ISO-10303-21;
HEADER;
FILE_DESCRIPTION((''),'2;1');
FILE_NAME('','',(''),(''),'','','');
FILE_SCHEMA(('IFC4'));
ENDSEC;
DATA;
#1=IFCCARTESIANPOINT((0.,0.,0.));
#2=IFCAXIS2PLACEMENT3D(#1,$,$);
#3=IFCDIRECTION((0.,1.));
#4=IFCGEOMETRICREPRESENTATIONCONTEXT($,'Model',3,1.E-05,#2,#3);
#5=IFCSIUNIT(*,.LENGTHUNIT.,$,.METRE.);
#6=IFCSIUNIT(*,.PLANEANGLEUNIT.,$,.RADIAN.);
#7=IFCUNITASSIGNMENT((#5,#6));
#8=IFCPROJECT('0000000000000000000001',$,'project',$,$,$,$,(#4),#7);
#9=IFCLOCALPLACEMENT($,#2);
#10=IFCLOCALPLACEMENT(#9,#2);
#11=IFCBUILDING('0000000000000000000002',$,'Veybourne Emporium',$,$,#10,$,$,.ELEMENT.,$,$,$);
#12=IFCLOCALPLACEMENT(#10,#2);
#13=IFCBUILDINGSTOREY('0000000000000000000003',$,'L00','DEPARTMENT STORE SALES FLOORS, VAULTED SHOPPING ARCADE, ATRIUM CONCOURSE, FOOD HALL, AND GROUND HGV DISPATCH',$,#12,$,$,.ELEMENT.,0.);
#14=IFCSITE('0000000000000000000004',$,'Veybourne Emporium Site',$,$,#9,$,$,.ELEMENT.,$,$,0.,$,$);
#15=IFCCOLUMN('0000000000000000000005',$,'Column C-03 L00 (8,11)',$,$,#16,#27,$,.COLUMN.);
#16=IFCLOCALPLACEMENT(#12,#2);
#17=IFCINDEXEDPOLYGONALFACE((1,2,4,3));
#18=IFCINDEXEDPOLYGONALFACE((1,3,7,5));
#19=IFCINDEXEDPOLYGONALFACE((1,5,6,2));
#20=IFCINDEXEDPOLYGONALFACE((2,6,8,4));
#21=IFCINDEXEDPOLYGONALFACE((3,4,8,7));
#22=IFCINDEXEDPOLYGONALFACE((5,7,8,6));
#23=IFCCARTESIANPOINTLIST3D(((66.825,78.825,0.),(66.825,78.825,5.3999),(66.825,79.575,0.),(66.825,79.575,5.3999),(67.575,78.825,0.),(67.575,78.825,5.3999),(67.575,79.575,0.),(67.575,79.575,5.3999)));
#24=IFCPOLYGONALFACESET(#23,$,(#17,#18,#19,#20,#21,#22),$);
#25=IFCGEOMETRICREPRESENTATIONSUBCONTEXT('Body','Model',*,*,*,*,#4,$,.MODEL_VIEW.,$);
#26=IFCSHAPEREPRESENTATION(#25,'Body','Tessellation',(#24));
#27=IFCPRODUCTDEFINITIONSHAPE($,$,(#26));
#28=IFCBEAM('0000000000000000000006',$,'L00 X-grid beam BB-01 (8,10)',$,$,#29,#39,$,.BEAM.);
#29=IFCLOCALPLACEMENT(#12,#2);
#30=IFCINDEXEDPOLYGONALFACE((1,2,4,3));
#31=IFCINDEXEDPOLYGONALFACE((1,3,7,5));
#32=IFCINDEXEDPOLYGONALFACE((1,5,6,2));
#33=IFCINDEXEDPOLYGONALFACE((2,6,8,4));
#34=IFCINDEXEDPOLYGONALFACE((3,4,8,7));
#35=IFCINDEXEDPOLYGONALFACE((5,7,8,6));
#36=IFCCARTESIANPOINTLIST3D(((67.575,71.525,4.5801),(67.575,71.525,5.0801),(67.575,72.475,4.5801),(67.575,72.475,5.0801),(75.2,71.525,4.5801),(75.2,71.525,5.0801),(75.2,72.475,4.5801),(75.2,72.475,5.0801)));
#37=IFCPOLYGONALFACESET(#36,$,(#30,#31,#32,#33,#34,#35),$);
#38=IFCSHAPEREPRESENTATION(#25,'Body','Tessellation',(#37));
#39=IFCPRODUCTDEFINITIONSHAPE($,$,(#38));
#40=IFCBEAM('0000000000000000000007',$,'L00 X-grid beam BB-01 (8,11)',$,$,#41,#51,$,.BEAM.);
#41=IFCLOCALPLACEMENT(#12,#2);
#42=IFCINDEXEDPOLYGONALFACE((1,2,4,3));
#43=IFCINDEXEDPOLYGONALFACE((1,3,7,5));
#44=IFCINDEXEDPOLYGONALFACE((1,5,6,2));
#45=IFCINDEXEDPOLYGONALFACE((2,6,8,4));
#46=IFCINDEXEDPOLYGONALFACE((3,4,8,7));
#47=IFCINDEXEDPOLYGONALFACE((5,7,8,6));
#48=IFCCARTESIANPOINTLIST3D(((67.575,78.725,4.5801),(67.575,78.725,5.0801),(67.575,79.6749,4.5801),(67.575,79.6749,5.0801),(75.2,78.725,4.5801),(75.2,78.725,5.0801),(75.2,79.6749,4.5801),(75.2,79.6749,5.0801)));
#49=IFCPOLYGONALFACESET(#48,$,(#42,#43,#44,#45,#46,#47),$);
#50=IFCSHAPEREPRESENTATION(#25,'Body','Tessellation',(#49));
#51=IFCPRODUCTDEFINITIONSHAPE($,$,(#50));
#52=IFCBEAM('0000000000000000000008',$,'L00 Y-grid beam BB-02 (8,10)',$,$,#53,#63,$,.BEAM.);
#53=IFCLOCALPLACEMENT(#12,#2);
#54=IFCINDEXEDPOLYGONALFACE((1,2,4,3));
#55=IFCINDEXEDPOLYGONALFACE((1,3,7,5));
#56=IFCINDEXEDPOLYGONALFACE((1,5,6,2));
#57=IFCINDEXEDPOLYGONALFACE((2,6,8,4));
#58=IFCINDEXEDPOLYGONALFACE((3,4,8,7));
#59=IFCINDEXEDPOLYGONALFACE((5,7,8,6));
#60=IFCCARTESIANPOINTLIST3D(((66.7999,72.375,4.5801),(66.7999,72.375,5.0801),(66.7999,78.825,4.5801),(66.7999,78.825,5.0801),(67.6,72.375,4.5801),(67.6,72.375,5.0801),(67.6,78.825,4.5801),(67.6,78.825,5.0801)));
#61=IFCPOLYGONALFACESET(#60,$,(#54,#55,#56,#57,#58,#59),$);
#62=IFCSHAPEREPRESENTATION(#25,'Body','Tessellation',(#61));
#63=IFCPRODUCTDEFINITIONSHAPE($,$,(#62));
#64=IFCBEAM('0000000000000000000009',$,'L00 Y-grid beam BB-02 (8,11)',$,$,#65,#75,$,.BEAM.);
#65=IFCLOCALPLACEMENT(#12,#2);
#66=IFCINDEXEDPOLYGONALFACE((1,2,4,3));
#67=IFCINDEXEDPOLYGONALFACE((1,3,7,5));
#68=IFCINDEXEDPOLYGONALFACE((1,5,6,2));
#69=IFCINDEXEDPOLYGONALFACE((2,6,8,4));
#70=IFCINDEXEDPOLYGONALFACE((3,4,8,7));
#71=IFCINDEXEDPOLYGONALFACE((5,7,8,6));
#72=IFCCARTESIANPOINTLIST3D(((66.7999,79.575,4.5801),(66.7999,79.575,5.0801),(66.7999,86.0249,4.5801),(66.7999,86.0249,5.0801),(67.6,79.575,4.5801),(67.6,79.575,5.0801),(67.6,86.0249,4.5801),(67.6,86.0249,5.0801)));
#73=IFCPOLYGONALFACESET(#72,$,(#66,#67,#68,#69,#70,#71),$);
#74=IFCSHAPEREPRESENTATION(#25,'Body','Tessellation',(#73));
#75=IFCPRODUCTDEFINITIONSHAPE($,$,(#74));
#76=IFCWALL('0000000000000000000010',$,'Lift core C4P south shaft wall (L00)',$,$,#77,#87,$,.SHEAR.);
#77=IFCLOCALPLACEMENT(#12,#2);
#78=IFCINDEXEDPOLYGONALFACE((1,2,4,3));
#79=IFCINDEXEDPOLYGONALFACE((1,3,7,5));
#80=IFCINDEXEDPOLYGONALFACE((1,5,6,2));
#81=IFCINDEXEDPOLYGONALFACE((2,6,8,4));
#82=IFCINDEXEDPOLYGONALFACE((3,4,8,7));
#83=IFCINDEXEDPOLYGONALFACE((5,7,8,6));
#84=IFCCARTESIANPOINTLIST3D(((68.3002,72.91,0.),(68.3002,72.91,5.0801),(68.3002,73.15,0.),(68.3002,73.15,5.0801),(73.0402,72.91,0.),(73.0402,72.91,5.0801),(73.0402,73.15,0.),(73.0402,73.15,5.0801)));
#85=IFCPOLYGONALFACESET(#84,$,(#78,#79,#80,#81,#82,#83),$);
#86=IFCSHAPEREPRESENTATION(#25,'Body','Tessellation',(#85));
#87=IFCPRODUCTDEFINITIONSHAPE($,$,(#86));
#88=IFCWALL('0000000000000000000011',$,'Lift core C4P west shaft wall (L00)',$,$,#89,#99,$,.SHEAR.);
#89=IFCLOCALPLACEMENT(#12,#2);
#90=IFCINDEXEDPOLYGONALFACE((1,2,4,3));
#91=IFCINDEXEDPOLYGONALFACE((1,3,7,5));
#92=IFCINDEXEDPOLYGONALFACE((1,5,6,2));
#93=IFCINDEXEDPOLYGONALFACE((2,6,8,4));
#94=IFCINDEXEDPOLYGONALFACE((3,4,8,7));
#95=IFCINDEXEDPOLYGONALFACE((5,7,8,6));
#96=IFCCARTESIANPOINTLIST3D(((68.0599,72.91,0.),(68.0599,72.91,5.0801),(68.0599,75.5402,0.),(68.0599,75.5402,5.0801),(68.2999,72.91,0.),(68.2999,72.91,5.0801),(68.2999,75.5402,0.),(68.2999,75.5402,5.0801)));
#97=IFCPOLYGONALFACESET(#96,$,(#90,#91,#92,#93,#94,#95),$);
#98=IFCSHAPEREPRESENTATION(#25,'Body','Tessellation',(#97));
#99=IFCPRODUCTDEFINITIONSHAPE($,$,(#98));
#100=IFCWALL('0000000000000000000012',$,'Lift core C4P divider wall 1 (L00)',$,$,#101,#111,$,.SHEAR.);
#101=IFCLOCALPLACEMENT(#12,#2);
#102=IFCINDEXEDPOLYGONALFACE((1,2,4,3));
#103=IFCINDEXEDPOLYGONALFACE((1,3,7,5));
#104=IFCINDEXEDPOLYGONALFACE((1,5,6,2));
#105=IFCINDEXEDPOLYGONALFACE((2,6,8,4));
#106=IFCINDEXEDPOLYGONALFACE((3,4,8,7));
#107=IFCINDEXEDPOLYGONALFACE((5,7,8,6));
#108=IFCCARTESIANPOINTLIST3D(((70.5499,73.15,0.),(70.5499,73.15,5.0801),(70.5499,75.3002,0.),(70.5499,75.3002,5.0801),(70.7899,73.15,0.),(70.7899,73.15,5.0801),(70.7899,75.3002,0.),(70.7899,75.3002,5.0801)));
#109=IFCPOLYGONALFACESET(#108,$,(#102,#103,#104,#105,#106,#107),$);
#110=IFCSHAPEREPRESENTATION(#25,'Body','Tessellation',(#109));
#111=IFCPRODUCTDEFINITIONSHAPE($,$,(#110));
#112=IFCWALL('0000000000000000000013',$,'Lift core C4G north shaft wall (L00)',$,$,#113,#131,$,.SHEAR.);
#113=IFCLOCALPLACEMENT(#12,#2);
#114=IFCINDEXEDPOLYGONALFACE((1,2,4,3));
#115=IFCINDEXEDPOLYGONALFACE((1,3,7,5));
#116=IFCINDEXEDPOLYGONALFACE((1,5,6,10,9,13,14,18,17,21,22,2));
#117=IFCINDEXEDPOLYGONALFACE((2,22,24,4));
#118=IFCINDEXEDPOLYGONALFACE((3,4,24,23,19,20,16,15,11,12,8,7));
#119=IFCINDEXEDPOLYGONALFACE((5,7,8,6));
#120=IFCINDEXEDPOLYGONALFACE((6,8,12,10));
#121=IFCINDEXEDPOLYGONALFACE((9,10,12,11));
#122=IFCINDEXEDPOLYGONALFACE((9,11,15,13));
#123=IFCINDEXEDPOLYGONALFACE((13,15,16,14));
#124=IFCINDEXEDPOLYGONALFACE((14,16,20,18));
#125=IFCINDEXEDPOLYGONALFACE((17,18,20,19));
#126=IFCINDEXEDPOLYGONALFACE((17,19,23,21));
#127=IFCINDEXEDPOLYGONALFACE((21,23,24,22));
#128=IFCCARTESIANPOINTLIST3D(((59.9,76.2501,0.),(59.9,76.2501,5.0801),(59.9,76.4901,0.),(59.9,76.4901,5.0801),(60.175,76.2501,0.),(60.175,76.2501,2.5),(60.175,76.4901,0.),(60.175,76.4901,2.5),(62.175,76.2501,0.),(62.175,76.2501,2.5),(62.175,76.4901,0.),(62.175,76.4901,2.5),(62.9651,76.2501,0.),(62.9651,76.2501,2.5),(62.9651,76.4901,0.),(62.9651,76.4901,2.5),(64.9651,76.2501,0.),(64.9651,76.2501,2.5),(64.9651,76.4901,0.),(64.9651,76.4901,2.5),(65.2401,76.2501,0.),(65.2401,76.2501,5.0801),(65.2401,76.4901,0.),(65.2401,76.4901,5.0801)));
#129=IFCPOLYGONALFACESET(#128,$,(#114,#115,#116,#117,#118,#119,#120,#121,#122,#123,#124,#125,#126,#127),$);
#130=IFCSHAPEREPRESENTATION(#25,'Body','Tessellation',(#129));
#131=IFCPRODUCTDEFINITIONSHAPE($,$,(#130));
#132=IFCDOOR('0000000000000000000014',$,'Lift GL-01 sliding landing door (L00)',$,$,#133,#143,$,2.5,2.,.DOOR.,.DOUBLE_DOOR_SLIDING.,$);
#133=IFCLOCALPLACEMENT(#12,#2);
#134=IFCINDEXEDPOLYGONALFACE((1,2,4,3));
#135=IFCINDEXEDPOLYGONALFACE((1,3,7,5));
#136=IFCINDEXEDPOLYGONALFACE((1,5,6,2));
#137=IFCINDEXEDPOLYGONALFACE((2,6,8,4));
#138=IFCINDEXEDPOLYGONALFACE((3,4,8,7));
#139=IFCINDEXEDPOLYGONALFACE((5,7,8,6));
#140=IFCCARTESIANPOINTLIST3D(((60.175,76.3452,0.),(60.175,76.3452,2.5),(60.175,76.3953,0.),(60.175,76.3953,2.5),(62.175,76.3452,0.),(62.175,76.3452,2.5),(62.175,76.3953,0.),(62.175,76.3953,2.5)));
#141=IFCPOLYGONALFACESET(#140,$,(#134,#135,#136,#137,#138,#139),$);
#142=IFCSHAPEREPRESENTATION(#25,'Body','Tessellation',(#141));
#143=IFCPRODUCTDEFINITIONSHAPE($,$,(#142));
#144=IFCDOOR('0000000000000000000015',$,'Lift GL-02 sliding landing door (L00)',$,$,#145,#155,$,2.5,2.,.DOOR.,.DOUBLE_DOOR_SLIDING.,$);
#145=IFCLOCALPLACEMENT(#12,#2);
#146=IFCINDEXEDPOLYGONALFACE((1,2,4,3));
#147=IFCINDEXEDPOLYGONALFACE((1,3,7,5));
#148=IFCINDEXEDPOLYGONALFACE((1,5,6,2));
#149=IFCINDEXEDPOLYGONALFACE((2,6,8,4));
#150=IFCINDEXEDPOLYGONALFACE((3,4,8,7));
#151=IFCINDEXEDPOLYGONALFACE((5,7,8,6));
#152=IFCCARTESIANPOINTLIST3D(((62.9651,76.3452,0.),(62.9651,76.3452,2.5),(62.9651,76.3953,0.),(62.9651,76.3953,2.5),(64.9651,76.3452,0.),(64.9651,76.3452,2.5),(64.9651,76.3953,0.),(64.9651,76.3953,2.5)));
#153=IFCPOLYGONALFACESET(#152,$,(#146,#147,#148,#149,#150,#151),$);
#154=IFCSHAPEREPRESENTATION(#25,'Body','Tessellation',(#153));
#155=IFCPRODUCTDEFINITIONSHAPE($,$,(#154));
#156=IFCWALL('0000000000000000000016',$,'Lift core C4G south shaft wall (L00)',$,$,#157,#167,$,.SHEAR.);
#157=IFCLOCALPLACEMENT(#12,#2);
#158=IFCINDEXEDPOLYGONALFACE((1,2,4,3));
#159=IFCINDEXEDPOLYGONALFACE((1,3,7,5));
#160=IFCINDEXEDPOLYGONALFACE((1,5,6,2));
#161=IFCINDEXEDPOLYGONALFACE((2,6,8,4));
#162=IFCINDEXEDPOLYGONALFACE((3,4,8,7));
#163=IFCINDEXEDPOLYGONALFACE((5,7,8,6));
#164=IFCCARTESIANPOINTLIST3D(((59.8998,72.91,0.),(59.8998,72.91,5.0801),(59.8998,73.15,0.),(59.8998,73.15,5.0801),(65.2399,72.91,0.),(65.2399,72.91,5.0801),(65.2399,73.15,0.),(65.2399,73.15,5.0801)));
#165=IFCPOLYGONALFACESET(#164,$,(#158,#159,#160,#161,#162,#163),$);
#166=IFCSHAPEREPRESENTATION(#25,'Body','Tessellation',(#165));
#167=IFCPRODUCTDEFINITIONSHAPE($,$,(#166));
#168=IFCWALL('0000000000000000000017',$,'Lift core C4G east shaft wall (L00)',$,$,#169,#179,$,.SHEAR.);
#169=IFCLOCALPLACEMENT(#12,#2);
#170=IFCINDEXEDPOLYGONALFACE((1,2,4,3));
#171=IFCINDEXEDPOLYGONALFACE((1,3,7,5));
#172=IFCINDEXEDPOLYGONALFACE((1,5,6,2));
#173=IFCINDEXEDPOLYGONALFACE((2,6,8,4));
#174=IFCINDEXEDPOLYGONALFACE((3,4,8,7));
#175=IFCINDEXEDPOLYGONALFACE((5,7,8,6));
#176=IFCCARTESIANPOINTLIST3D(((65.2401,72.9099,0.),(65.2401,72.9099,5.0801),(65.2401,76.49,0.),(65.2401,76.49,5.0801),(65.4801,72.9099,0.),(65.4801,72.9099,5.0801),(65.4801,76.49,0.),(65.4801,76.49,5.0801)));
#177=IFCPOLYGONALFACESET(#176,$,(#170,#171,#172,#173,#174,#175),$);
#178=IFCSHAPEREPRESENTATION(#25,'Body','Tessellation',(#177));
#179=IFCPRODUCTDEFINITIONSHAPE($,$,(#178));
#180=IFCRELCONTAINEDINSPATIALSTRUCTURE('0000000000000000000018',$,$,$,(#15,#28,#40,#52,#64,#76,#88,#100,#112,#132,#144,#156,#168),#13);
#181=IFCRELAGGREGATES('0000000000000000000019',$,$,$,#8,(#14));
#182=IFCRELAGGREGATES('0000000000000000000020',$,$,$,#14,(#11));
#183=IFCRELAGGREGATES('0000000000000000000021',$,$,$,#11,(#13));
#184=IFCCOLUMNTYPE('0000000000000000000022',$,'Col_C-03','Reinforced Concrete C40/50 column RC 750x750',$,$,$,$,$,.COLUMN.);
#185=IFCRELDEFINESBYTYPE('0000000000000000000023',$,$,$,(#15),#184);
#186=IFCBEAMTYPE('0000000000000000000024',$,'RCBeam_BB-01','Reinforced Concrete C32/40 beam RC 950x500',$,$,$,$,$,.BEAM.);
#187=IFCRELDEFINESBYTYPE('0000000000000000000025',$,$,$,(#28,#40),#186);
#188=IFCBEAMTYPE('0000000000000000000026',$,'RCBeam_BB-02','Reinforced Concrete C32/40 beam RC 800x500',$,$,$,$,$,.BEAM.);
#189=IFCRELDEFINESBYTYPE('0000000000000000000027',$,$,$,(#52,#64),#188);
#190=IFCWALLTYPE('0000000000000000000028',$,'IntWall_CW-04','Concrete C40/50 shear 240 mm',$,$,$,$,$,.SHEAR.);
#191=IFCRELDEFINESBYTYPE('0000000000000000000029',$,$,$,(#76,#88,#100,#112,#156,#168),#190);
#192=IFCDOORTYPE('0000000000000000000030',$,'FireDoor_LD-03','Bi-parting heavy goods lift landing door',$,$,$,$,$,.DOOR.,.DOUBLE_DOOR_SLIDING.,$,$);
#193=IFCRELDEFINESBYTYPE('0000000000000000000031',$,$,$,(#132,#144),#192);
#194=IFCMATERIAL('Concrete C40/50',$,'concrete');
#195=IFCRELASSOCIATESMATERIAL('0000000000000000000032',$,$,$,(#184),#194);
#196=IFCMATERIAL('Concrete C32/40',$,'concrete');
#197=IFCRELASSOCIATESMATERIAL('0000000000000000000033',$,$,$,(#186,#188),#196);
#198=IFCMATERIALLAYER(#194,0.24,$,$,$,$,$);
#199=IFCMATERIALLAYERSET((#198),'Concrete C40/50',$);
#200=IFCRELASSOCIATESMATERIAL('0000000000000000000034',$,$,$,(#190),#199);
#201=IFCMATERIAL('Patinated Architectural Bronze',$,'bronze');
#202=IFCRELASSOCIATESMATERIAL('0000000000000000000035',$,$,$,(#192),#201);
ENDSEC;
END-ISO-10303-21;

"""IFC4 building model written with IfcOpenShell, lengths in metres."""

from ifc_helpers import new_model, si_unit, direction, frame, frame_2d, origin, origin_2d, place, context, subcontext, project, spatial, rectangle, extrude, material, layer, layer_set, material_profile, profile_set, type_object, element, fill, save


model = new_model("IFC4")

# Units and contexts
model_context = context("Model", 3, precision=1e-05, world=origin(), true_north=direction((0.0, 1.0)))
body_context = subcontext(model_context, "Body", "Model", "MODEL_VIEW")
ifc_project = project(units=[si_unit("LENGTHUNIT", "METRE"), si_unit("PLANEANGLEUNIT", "RADIAN")], contexts=[model_context])

# Site, building, storey
site_placement = place(None, origin())
site = spatial("IfcSite", under=ifc_project, at=site_placement, Name="Veybourne Emporium Site", CompositionType="ELEMENT", RefElevation=0.0)
building_placement = place(site_placement, origin())
building = spatial("IfcBuilding", under=site, at=building_placement, Name="Veybourne Emporium", CompositionType="ELEMENT")
storey_placement = place(building_placement, origin())
storey = spatial("IfcBuildingStorey", under=building, at=storey_placement, Name="L00", Description="DEPARTMENT STORE SALES FLOORS, VAULTED SHOPPING ARCADE, ATRIUM CONCOURSE, FOOD HALL, AND GROUND HGV DISPATCH", CompositionType="ELEMENT", Elevation=0.0)

# Column
ifc_material_1 = material(Name="Concrete C40/50", Category="concrete")
ifc_material_profile_1 = material_profile(ifc_material_1, rectangle(XDim=0.75, YDim=0.75, at=origin_2d()), Name="RC 750x750")
ifc_profile_set_1 = profile_set([ifc_material_profile_1], Name="Concrete C40/50")
column_type = type_object("IfcColumnType", Name="Col_C-03", Description="Reinforced Concrete C40/50 column RC 750x750", PredefinedType="COLUMN", material=ifc_profile_set_1)
column_placement = place(storey_placement, frame((67.2, 79.2, 0.0), z_axis=(0.0, 0.0, 1.0), x_axis=(1.0, 0.0, 0.0)))
element("IfcColumn", 1, at=column_placement, inside=storey, type_object=column_type, Name="Column C-03 L00 (8,11)", PredefinedType="COLUMN", context=body_context, shape_type="SweptSolid", body=[
    extrude(rectangle(XDim=0.75, YDim=0.75, at=origin_2d()), origin(), (0.0, 0.0, 1.0), 5.3999),
])

# Beams
ifc_material_2 = material(Name="Concrete C32/40", Category="concrete")
ifc_material_profile_2 = material_profile(ifc_material_2, rectangle(XDim=0.95, YDim=0.5, at=origin_2d()), Name="RC 950x500")
ifc_profile_set_2 = profile_set([ifc_material_profile_2], Name="Concrete C32/40")
beam_type_1 = type_object("IfcBeamType", Name="RCBeam_BB-01", Description="Reinforced Concrete C32/40 beam RC 950x500", PredefinedType="BEAM", material=ifc_profile_set_2)
for number, where, z_axis, x_axis, name in (
    (2, (67.575, 72.0, 4.8301), (1.0, 0.0, 0.0), (0.0, 1.0, 0.0), "L00 X-grid beam BB-01 (8,10)"),
    (3, (67.575, 79.2, 4.8301), (1.0, 0.0, 0.0), (0.0, 1.0, 0.0), "L00 X-grid beam BB-01 (8,11)"),
):
    element("IfcBeam", number, at=place(storey_placement, frame(where, z_axis=z_axis, x_axis=x_axis)), inside=storey, type_object=beam_type_1, Name=name, PredefinedType="BEAM", context=body_context, shape_type="SweptSolid", body=[
        extrude(rectangle(XDim=0.95, YDim=0.5, at=origin_2d()), origin(), (0.0, 0.0, 1.0), 7.625),
    ])
ifc_material_profile_3 = material_profile(ifc_material_2, rectangle(XDim=0.8, YDim=0.5, at=origin_2d()), Name="RC 800x500")
ifc_profile_set_3 = profile_set([ifc_material_profile_3], Name="Concrete C32/40")
beam_type_2 = type_object("IfcBeamType", Name="RCBeam_BB-02", Description="Reinforced Concrete C32/40 beam RC 800x500", PredefinedType="BEAM", material=ifc_profile_set_3)
for number, where, z_axis, x_axis, name in (
    (4, (67.2, 72.375, 4.8301), (0.0, 1.0, 0.0), (-1.0, 0.0, 0.0), "L00 Y-grid beam BB-02 (8,10)"),
    (5, (67.2, 79.575, 4.8301), (0.0, 1.0, 0.0), (-1.0, 0.0, 0.0), "L00 Y-grid beam BB-02 (8,11)"),
):
    element("IfcBeam", number, at=place(storey_placement, frame(where, z_axis=z_axis, x_axis=x_axis)), inside=storey, type_object=beam_type_2, Name=name, PredefinedType="BEAM", context=body_context, shape_type="SweptSolid", body=[
        extrude(rectangle(XDim=0.8, YDim=0.5, at=origin_2d()), origin(), (0.0, 0.0, 1.0), 6.45),
    ])

# Walls
ifc_layer_1 = layer(ifc_material_1, 0.24)
ifc_layer_set_1 = layer_set([ifc_layer_1], Name="Concrete C40/50")
wall_type_1 = type_object("IfcWallType", Name="IntWall_CW-04", Description="Concrete C40/50 shear 240 mm", PredefinedType="SHEAR", material=ifc_layer_set_1)
wall_1_placement = place(storey_placement, frame((68.3, 73.03, 0.0), z_axis=(0.0, 0.0, 1.0), x_axis=(1.0, 0.0, 0.0)))
element("IfcWall", 6, at=wall_1_placement, inside=storey, type_object=wall_type_1, Name="Lift core C4P south shaft wall (L00)", PredefinedType="SHEAR", context=body_context, shape_type="SweptSolid", body=[
    extrude(rectangle(XDim=4.74, YDim=0.24, at=frame_2d((2.3701, 0.0))), origin(), (0.0, 0.0, 1.0), 5.0801),
])
wall_2_placement = place(storey_placement, frame((68.1799, 75.54, 0.0), z_axis=(0.0, 0.0, 1.0), x_axis=(0.0, -1.0, 0.0)))
element("IfcWall", 7, at=wall_2_placement, inside=storey, type_object=wall_type_1, Name="Lift core C4P west shaft wall (L00)", PredefinedType="SHEAR", context=body_context, shape_type="SweptSolid", body=[
    extrude(rectangle(XDim=2.6301, YDim=0.24, at=frame_2d((1.3149, 0.0))), origin(), (0.0, 0.0, 1.0), 5.0801),
])
wall_3_placement = place(storey_placement, frame((70.6699, 73.1499, 0.0), z_axis=(0.0, 0.0, 1.0), x_axis=(0.0, 1.0, 0.0)))
element("IfcWall", 8, at=wall_3_placement, inside=storey, type_object=wall_type_1, Name="Lift core C4P divider wall 1 (L00)", PredefinedType="SHEAR", context=body_context, shape_type="SweptSolid", body=[
    extrude(rectangle(XDim=2.1501, YDim=0.24, at=frame_2d((1.0752, 0.0))), origin(), (0.0, 0.0, 1.0), 5.0801),
])

# Wall, openings, doors
wall_4_placement = place(storey_placement, frame((65.24, 76.3701, 0.0), z_axis=(0.0, 0.0, 1.0), x_axis=(-1.0, 0.0, 0.0)))
wall_4 = element("IfcWall", 9, at=wall_4_placement, inside=storey, type_object=wall_type_1, Name="Lift core C4G north shaft wall (L00)", PredefinedType="SHEAR", context=body_context, shape_type="SweptSolid", body=[
    extrude(rectangle(XDim=5.3401, YDim=0.24, at=frame_2d((2.6699, 0.0))), origin(), (0.0, 0.0, 1.0), 5.0801),
])
opening_1_placement = place(wall_4_placement, frame((3.0649, 0.0, 0.0)))
opening_1 = element("IfcOpeningElement", 10, at=opening_1_placement, cuts=wall_4, PredefinedType="OPENING", context=body_context, shape_type="SweptSolid", body=[
    extrude(rectangle(XDim=2.0, YDim=2.5, at=frame_2d((1.0, 1.25))), frame((0.0, 0.1401, 0.0), z_axis=(0.0, -1.0, 0.0), x_axis=(1.0, 0.0, 0.0)), (0.0, 0.0, 1.0), 0.28),
])
opening_2_placement = place(wall_4_placement, frame((0.2749, 0.0, 0.0)))
opening_2 = element("IfcOpeningElement", 11, at=opening_2_placement, cuts=wall_4, PredefinedType="OPENING", context=body_context, shape_type="SweptSolid", body=[
    extrude(rectangle(XDim=2.0, YDim=2.5, at=frame_2d((1.0, 1.25))), frame((0.0, 0.1401, 0.0), z_axis=(0.0, -1.0, 0.0), x_axis=(1.0, 0.0, 0.0)), (0.0, 0.0, 1.0), 0.28),
])
ifc_material_3 = material(Name="Patinated Architectural Bronze", Category="bronze")
door_type_1 = type_object("IfcDoorType", Name="FireDoor_LD-03", Description="Bi-parting heavy goods lift landing door", OperationType="DOUBLE_DOOR_SLIDING", PredefinedType="DOOR", material=ifc_material_3)
door_1_placement = place(opening_1_placement, origin())
door_1 = element("IfcDoor", 12, at=door_1_placement, inside=storey, type_object=door_type_1, Name="Lift GL-01 sliding landing door (L00)", OperationType="DOUBLE_DOOR_SLIDING", OverallHeight=2.5, OverallWidth=2.0, PredefinedType="DOOR", context=body_context, shape_type="SweptSolid", body=[
    extrude(rectangle(XDim=2.0, YDim=2.5, at=frame_2d((1.0, 1.25))), frame((0.0, 0.0249, 0.0), z_axis=(0.0, -1.0, 0.0), x_axis=(1.0, 0.0, 0.0)), (0.0, 0.0, 1.0), 0.05),
])
fill(opening_1, door_1)
door_2_placement = place(opening_2_placement, origin())
door_2 = element("IfcDoor", 13, at=door_2_placement, inside=storey, type_object=door_type_1, Name="Lift GL-02 sliding landing door (L00)", OperationType="DOUBLE_DOOR_SLIDING", OverallHeight=2.5, OverallWidth=2.0, PredefinedType="DOOR", context=body_context, shape_type="SweptSolid", body=[
    extrude(rectangle(XDim=2.0, YDim=2.5, at=frame_2d((1.0, 1.25))), frame((0.0, 0.0249, 0.0), z_axis=(0.0, -1.0, 0.0), x_axis=(1.0, 0.0, 0.0)), (0.0, 0.0, 1.0), 0.05),
])
fill(opening_2, door_2)

# Walls
wall_5_placement = place(storey_placement, frame((59.8999, 73.03, 0.0), z_axis=(0.0, 0.0, 1.0), x_axis=(1.0, 0.0, 0.0)))
element("IfcWall", 14, at=wall_5_placement, inside=storey, type_object=wall_type_1, Name="Lift core C4G south shaft wall (L00)", PredefinedType="SHEAR", context=body_context, shape_type="SweptSolid", body=[
    extrude(rectangle(XDim=5.3401, YDim=0.24, at=frame_2d((2.6699, 0.0))), origin(), (0.0, 0.0, 1.0), 5.0801),
])
wall_6_placement = place(storey_placement, frame((65.3601, 72.9099, 0.0), z_axis=(0.0, 0.0, 1.0), x_axis=(0.0, 1.0, 0.0)))
element("IfcWall", 15, at=wall_6_placement, inside=storey, type_object=wall_type_1, Name="Lift core C4G east shaft wall (L00)", PredefinedType="SHEAR", context=body_context, shape_type="SweptSolid", body=[
    extrude(rectangle(XDim=3.5801, YDim=0.24, at=frame_2d((1.79, 0.0))), origin(), (0.0, 0.0, 1.0), 5.0801),
])

save(model, "model.ifc")
